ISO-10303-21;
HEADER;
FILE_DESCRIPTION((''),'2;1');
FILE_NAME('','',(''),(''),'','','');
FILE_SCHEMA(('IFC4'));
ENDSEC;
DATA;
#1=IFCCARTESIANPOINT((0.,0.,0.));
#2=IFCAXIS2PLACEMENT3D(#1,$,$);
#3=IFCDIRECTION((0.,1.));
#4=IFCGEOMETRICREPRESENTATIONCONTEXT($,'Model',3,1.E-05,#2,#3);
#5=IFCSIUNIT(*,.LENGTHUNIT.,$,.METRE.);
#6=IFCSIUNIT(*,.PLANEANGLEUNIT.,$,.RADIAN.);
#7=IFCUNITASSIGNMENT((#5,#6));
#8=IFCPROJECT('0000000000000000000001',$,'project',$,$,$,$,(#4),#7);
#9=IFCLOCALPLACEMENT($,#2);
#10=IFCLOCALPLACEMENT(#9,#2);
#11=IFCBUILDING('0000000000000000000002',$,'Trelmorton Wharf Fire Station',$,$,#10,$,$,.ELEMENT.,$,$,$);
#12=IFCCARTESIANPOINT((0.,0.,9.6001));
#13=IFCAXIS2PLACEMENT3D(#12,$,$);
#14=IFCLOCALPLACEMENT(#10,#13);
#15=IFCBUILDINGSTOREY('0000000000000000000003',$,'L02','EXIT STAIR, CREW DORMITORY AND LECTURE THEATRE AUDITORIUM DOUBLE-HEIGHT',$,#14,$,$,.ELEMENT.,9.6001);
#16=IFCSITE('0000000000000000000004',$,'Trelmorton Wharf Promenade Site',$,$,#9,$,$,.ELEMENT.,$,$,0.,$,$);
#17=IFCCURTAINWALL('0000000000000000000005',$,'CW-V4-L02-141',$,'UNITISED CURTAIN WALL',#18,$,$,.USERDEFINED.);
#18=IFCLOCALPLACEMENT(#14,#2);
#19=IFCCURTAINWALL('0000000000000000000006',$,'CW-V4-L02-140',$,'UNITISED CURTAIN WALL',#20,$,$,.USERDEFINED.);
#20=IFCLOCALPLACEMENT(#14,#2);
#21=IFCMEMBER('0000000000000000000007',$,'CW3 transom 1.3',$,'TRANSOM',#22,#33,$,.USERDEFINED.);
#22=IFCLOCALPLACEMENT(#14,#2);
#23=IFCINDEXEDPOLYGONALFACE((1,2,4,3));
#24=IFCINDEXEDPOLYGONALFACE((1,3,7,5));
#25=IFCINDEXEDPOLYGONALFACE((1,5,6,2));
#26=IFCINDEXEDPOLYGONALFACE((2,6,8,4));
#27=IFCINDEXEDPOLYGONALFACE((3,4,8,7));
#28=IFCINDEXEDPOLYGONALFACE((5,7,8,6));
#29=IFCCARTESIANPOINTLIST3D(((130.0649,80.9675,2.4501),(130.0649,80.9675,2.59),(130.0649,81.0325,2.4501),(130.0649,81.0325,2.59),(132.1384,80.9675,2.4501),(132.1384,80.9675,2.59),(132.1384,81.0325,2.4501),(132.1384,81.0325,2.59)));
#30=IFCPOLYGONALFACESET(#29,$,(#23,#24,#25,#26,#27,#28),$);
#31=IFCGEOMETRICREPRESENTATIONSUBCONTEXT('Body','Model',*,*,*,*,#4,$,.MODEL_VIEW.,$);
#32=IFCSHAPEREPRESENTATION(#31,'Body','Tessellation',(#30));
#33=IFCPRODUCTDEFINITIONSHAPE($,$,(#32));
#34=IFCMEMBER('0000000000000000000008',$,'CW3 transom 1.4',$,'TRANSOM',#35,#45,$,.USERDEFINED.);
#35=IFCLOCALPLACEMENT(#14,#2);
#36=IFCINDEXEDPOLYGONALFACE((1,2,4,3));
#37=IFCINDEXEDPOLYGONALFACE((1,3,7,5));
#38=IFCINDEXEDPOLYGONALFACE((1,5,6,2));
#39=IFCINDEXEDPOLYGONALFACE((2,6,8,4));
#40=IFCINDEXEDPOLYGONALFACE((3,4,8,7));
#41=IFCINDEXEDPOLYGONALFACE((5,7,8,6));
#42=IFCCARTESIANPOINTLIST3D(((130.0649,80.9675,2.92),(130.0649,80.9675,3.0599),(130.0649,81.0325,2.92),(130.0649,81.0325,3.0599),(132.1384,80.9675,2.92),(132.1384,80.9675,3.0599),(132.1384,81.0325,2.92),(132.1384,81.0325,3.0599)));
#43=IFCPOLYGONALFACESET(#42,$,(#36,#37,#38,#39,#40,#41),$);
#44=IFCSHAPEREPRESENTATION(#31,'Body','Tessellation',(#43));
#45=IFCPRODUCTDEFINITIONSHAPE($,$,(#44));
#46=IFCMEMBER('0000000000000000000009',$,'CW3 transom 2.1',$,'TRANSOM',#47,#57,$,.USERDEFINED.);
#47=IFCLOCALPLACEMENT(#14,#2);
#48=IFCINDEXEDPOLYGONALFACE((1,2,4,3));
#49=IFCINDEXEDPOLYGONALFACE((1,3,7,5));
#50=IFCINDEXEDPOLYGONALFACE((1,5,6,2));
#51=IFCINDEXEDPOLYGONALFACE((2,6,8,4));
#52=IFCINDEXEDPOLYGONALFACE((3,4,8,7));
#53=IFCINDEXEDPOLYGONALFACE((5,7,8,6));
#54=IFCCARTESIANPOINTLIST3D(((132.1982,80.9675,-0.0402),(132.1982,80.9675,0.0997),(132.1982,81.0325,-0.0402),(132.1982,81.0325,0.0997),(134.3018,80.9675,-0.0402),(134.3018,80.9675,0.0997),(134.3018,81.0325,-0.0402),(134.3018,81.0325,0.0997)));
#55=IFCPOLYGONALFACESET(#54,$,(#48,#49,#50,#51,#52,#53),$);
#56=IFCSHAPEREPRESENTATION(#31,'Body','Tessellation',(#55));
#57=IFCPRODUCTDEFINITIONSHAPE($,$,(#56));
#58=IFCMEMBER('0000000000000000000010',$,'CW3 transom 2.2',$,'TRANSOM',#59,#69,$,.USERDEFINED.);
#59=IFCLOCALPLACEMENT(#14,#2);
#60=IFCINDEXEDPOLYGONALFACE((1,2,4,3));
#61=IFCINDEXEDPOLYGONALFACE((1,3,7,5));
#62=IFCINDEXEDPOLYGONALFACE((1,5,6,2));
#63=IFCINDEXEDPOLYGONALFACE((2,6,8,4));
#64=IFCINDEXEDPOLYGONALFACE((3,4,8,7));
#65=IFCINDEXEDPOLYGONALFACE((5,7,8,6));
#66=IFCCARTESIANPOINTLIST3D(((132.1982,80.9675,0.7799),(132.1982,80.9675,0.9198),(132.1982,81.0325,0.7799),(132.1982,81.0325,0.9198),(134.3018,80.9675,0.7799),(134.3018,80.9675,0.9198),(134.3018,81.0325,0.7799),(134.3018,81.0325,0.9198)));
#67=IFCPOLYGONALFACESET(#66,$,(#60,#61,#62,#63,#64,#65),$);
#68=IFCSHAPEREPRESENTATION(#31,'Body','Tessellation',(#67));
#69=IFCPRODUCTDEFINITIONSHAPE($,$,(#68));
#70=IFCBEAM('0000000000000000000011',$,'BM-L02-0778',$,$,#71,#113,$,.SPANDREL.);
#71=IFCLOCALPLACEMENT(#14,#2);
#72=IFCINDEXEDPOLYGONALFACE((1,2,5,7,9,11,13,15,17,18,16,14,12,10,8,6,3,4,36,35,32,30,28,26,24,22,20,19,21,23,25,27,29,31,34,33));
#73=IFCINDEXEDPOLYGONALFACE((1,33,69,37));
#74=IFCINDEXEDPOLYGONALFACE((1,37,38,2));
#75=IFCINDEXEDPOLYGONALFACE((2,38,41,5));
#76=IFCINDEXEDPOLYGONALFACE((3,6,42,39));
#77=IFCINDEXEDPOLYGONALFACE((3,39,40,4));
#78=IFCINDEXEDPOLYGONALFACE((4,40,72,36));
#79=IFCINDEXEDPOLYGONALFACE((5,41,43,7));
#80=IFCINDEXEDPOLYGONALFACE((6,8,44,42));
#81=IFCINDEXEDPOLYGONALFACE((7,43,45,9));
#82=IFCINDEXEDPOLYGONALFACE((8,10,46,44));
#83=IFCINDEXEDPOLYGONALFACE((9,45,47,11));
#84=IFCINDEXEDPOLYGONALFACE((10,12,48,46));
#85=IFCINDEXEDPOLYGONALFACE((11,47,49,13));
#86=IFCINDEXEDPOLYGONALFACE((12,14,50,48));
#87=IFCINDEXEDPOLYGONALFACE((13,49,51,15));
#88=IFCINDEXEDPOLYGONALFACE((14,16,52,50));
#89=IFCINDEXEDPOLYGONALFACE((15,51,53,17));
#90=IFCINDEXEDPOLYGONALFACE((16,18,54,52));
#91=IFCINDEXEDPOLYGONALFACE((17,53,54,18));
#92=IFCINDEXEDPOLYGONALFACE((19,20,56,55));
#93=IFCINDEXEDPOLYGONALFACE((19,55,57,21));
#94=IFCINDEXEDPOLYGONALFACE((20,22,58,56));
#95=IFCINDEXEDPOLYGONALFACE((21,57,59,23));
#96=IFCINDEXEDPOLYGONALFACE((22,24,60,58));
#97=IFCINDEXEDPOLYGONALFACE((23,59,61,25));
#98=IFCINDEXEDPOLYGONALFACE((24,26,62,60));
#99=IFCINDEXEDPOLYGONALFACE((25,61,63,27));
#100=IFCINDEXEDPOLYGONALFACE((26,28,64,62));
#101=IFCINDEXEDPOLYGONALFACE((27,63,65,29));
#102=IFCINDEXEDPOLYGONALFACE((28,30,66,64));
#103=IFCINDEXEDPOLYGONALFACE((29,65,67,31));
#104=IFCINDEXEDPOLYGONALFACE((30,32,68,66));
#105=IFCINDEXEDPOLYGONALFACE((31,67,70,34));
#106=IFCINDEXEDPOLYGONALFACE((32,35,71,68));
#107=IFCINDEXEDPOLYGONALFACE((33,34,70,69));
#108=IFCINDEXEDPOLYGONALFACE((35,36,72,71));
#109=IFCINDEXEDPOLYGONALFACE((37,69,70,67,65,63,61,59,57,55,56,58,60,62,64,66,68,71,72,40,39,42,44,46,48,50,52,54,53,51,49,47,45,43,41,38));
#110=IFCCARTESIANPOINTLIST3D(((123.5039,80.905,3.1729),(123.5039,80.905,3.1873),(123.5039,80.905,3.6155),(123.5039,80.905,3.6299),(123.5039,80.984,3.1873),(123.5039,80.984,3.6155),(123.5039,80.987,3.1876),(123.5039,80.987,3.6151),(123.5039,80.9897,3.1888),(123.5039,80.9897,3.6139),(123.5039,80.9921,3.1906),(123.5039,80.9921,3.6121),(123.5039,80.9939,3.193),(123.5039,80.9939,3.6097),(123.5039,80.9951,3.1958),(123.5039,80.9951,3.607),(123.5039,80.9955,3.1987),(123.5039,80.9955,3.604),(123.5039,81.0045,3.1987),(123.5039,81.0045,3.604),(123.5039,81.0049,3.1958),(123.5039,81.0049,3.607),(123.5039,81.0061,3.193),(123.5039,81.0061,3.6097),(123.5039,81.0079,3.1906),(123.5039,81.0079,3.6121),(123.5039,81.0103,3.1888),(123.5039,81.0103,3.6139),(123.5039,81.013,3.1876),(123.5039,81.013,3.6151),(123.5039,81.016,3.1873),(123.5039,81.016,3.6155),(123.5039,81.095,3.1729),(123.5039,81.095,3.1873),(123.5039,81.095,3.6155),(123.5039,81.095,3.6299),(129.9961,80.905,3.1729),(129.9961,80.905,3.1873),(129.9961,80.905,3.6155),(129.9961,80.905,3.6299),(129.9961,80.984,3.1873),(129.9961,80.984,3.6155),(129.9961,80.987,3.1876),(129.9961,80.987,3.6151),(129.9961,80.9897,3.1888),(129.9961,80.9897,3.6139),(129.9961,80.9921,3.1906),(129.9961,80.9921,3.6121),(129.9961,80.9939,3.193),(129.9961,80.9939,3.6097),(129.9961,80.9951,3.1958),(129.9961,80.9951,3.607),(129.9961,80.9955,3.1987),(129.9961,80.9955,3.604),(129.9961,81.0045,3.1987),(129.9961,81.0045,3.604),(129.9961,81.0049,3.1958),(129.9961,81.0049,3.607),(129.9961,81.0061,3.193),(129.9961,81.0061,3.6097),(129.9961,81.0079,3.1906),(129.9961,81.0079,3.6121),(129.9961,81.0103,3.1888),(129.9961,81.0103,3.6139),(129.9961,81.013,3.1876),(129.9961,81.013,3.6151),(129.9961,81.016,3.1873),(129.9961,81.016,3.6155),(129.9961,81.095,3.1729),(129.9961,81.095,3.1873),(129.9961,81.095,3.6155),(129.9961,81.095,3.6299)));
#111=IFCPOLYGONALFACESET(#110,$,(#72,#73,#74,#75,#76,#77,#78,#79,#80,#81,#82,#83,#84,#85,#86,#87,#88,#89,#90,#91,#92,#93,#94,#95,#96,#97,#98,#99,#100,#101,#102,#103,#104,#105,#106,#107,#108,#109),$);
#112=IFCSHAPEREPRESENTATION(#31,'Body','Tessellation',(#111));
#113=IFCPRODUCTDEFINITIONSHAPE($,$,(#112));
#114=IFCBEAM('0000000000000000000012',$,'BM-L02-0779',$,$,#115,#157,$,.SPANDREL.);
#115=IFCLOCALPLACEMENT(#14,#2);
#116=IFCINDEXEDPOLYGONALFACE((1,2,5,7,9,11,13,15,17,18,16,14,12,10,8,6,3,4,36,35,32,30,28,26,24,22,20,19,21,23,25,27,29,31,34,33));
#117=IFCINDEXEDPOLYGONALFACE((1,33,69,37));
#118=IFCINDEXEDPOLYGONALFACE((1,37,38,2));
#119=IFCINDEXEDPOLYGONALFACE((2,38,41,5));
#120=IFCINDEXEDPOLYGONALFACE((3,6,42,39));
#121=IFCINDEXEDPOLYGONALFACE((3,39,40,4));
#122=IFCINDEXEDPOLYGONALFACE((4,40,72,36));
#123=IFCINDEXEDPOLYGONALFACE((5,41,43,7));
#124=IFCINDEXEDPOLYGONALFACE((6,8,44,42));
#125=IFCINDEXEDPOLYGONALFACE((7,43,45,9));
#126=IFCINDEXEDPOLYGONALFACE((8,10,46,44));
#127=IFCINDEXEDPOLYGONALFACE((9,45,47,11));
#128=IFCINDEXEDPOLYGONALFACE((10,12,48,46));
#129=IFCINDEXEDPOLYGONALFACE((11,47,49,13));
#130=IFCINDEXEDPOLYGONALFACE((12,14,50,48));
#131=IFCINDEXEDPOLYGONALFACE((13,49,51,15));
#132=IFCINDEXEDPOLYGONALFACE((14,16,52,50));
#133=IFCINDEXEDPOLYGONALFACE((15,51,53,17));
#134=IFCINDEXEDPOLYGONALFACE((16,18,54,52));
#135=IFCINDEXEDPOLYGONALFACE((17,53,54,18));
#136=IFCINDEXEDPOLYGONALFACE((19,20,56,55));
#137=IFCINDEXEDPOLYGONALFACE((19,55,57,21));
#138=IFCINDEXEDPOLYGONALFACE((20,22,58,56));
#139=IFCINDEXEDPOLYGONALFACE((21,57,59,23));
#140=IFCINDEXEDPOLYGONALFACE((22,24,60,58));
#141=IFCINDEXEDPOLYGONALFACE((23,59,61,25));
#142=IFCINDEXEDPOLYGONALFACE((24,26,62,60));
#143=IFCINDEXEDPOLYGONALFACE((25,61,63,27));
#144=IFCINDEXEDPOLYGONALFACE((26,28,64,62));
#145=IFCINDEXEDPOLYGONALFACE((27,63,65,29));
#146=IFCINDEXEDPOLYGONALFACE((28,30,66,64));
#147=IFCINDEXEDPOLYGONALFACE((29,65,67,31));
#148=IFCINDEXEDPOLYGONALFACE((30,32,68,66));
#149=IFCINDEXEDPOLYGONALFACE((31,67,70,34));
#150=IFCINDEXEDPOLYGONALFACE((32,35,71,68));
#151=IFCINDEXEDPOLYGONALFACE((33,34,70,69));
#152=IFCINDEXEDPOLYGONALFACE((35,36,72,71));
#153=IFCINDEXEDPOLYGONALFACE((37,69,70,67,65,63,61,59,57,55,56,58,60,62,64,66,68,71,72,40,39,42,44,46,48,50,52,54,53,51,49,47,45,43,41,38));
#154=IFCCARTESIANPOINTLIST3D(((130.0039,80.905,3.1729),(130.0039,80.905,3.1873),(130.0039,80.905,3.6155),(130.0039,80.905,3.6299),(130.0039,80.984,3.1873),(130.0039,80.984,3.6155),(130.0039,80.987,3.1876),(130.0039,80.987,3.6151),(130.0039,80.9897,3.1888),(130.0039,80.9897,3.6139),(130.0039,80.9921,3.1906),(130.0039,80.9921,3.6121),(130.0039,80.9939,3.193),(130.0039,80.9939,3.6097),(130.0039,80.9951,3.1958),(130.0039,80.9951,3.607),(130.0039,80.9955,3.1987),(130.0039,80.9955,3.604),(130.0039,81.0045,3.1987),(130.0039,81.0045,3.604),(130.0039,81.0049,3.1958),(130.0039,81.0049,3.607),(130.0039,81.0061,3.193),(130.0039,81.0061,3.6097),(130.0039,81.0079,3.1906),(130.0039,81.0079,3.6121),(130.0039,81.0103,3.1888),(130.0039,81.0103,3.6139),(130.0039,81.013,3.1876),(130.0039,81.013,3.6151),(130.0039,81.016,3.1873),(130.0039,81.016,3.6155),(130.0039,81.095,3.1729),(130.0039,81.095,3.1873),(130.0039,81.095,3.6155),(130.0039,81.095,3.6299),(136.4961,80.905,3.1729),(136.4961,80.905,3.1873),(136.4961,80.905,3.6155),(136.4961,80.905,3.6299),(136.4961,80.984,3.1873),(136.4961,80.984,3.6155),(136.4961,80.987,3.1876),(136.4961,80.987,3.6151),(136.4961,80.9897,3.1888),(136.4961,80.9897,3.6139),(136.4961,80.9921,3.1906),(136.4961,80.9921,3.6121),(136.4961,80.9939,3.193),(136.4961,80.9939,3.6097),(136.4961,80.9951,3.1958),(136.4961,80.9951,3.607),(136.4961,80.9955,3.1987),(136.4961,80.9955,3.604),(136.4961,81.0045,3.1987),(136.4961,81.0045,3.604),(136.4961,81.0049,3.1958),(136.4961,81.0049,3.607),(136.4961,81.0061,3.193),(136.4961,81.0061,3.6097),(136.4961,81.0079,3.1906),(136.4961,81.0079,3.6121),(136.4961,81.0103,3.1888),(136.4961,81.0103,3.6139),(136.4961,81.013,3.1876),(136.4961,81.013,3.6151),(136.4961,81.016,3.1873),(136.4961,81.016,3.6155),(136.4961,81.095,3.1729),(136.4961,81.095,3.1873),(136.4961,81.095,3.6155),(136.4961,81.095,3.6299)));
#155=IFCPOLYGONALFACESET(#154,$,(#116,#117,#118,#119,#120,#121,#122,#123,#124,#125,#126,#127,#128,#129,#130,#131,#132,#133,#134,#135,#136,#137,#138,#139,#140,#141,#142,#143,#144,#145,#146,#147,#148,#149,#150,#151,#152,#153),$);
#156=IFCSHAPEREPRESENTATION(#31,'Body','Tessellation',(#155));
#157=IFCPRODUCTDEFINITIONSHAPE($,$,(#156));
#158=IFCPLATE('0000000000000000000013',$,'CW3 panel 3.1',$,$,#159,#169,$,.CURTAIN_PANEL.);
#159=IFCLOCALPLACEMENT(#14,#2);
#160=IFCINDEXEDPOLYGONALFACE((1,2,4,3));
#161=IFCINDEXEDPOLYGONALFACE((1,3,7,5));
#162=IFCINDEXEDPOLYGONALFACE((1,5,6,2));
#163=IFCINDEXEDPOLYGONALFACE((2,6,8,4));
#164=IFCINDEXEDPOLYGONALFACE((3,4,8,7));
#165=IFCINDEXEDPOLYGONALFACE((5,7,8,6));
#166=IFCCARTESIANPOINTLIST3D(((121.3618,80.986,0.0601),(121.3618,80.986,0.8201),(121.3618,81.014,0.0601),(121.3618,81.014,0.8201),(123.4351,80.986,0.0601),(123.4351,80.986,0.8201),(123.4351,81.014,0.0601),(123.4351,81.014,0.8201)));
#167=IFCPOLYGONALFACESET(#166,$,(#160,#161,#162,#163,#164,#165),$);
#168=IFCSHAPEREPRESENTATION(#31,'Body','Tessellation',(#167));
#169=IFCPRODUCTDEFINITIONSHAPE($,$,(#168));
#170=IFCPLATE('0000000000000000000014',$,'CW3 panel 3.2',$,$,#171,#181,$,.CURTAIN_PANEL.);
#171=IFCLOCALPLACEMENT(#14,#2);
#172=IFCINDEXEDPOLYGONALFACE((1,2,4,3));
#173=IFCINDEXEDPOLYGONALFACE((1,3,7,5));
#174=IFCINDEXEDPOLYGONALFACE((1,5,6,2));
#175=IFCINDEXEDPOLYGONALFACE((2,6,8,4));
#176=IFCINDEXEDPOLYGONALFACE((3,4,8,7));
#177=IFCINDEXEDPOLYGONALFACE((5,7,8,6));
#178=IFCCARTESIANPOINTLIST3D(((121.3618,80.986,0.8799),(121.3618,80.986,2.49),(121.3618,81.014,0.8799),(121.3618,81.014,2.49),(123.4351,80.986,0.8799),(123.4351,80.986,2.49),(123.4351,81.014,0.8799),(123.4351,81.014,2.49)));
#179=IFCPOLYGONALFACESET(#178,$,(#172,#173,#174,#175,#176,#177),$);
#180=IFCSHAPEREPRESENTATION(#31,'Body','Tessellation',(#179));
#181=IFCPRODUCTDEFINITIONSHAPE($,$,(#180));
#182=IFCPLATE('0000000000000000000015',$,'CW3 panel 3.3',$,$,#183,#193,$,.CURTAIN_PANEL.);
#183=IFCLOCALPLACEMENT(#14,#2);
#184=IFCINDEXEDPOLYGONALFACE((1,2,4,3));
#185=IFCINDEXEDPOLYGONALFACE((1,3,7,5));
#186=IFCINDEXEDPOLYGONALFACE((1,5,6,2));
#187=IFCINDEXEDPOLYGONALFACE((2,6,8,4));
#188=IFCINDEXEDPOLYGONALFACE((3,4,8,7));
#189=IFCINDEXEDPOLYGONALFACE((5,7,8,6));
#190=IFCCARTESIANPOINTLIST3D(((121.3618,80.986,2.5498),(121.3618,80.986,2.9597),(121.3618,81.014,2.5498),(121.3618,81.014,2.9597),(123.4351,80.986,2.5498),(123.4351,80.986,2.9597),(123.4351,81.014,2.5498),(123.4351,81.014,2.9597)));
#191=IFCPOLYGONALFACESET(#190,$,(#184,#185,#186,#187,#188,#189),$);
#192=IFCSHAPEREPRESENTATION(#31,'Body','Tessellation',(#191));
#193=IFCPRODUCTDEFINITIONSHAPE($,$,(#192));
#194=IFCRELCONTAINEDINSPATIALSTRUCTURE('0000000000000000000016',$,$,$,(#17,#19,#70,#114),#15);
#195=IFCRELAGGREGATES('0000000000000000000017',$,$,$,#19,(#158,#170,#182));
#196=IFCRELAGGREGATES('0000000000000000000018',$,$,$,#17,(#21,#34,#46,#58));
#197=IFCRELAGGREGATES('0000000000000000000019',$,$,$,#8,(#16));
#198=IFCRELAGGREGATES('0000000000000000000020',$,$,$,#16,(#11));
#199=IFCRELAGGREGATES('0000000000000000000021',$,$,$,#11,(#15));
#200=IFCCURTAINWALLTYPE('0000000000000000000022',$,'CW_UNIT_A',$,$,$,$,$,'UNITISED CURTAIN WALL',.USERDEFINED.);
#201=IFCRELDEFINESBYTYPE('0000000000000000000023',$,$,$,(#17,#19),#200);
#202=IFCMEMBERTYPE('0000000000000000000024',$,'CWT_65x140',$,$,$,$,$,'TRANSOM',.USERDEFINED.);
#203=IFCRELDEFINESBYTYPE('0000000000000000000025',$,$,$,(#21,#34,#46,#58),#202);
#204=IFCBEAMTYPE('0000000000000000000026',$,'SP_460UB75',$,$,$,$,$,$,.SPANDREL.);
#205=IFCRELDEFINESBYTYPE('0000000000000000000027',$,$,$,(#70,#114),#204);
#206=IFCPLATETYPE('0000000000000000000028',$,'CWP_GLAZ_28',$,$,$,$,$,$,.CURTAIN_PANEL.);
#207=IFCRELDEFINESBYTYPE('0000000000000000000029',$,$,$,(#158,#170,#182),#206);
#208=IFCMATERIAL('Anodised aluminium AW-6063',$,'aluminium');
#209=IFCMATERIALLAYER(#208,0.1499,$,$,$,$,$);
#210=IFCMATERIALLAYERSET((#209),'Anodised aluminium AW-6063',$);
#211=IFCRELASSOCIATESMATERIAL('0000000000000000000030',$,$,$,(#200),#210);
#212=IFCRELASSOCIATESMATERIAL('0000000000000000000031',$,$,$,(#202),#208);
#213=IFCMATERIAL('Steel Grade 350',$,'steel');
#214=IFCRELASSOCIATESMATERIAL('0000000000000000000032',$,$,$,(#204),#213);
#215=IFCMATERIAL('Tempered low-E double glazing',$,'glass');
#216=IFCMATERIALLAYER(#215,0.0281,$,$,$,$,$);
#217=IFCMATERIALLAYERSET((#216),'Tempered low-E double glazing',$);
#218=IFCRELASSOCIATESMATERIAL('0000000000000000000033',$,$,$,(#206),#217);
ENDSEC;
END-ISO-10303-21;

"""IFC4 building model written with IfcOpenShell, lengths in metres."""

from ifc_helpers import new_model, si_unit, direction, frame, origin, origin_2d, place, context, subcontext, project, spatial, rectangle, i_section, extrude, material, layer, layer_set, material_profile, profile_set, type_object, element, aggregate, save


model = new_model("IFC4")

# Units and contexts
model_context = context("Model", 3, precision=1e-05, world=origin(), true_north=direction((0.0, 1.0)))
body_context = subcontext(model_context, "Body", "Model", "MODEL_VIEW")
ifc_project = project(units=[si_unit("LENGTHUNIT", "METRE"), si_unit("PLANEANGLEUNIT", "RADIAN")], contexts=[model_context])

# Site, building, storey
site_placement = place(None, origin())
site = spatial("IfcSite", under=ifc_project, at=site_placement, Name="Trelmorton Wharf Promenade Site", CompositionType="ELEMENT", RefElevation=0.0)
building_placement = place(site_placement, origin())
building = spatial("IfcBuilding", under=site, at=building_placement, Name="Trelmorton Wharf Fire Station", CompositionType="ELEMENT")
storey_placement = place(building_placement, frame((0.0, 0.0, 9.6001)))
storey = spatial("IfcBuildingStorey", under=building, at=storey_placement, Name="L02", Description="EXIT STAIR, CREW DORMITORY AND LECTURE THEATRE AUDITORIUM DOUBLE-HEIGHT", CompositionType="ELEMENT", Elevation=9.6001)

# Shared definitions
ifc_material_1 = material(Name="Steel Grade 350", Category="steel")

# Curtain wall
ifc_material_2 = material(Name="Anodised aluminium AW-6063", Category="aluminium")
ifc_layer_1 = layer(ifc_material_2, 0.1499)
ifc_layer_set_1 = layer_set([ifc_layer_1], Name="Anodised aluminium AW-6063")
curtain_wall_type = type_object("IfcCurtainWallType", Name="CW_UNIT_A", ElementType="UNITISED CURTAIN WALL", PredefinedType="USERDEFINED", material=ifc_layer_set_1)
curtain_wall_1_placement = place(storey_placement, origin())
curtain_wall_1 = element("IfcCurtainWall", 1, at=curtain_wall_1_placement, inside=storey, type_object=curtain_wall_type, Name="CW-V4-L02-141", ObjectType="UNITISED CURTAIN WALL", PredefinedType="USERDEFINED")

# Curtain wall
curtain_wall_2_placement = place(storey_placement, origin())
curtain_wall_2 = element("IfcCurtainWall", 2, at=curtain_wall_2_placement, inside=storey, type_object=curtain_wall_type, Name="CW-V4-L02-140", ObjectType="UNITISED CURTAIN WALL", PredefinedType="USERDEFINED")

# Members
ifc_material_profile_1 = material_profile(ifc_material_2, rectangle(XDim=0.0649, YDim=0.1399, at=origin_2d()), Name="ALU-65x140")
ifc_profile_set_1 = profile_set([ifc_material_profile_1], Name="Anodised aluminium AW-6063")
member_type_1 = type_object("IfcMemberType", Name="CWT_65x140", ElementType="TRANSOM", PredefinedType="USERDEFINED", material=ifc_profile_set_1)
member_1_placement = place(storey_placement, frame((130.0649, 81.0, 2.52), z_axis=(1.0, 0.0, 0.0), x_axis=(0.0, 1.0, 0.0)))
member_1 = element("IfcMember", 3, at=member_1_placement, type_object=member_type_1, Name="CW3 transom 1.3", ObjectType="TRANSOM", PredefinedType="USERDEFINED", context=body_context, shape_type="SweptSolid", body=[
    extrude(rectangle(XDim=0.0649, YDim=0.1399, at=origin_2d()), origin(), (0.0, 0.0, 1.0), 2.0735),
])
member_2_placement = place(storey_placement, frame((130.0649, 81.0, 2.99), z_axis=(1.0, 0.0, 0.0), x_axis=(0.0, 1.0, 0.0)))
member_2 = element("IfcMember", 4, at=member_2_placement, type_object=member_type_1, Name="CW3 transom 1.4", ObjectType="TRANSOM", PredefinedType="USERDEFINED", context=body_context, shape_type="SweptSolid", body=[
    extrude(rectangle(XDim=0.0649, YDim=0.1399, at=origin_2d()), origin(), (0.0, 0.0, 1.0), 2.0735),
])
member_3_placement = place(storey_placement, frame((132.1982, 81.0, 0.0298), z_axis=(1.0, 0.0, 0.0), x_axis=(0.0, 1.0, 0.0)))
member_3 = element("IfcMember", 5, at=member_3_placement, type_object=member_type_1, Name="CW3 transom 2.1", ObjectType="TRANSOM", PredefinedType="USERDEFINED", context=body_context, shape_type="SweptSolid", body=[
    extrude(rectangle(XDim=0.0649, YDim=0.1399, at=origin_2d()), origin(), (0.0, 0.0, 1.0), 2.1035),
])
member_4_placement = place(storey_placement, frame((132.1982, 81.0, 0.8499), z_axis=(1.0, 0.0, 0.0), x_axis=(0.0, 1.0, 0.0)))
member_4 = element("IfcMember", 6, at=member_4_placement, type_object=member_type_1, Name="CW3 transom 2.2", ObjectType="TRANSOM", PredefinedType="USERDEFINED", context=body_context, shape_type="SweptSolid", body=[
    extrude(rectangle(XDim=0.0649, YDim=0.1399, at=origin_2d()), origin(), (0.0, 0.0, 1.0), 2.1035),
])

# Beams
ifc_material_profile_2 = material_profile(ifc_material_1, i_section(OverallWidth=0.1899, OverallDepth=0.457, WebThickness=0.009, FlangeThickness=0.0144, FilletRadius=0.0115, at=origin_2d()), Name="460UB74.6")
ifc_profile_set_2 = profile_set([ifc_material_profile_2], Name="Steel Grade 350")
beam_type = type_object("IfcBeamType", Name="SP_460UB75", PredefinedType="SPANDREL", material=ifc_profile_set_2)
for number, where, z_axis, x_axis, name in (
    (7, (123.5039, 81.0, 3.4014), (1.0, 0.0, 0.0), (0.0, 1.0, 0.0), "BM-L02-0778"),
    (8, (130.0039, 81.0, 3.4014), (1.0, 0.0, 0.0), (0.0, 1.0, 0.0), "BM-L02-0779"),
):
    element("IfcBeam", number, at=place(storey_placement, frame(where, z_axis=z_axis, x_axis=x_axis)), inside=storey, type_object=beam_type, Name=name, PredefinedType="SPANDREL", context=body_context, shape_type="SweptSolid", body=[
        extrude(i_section(OverallWidth=0.1899, OverallDepth=0.457, WebThickness=0.009, FlangeThickness=0.0144, FilletRadius=0.0115, at=origin_2d()), origin(), (0.0, 0.0, 1.0), 6.4922),
    ])

# Plates
ifc_material_3 = material(Name="Tempered low-E double glazing", Category="glass")
ifc_layer_2 = layer(ifc_material_3, 0.0281)
ifc_layer_set_2 = layer_set([ifc_layer_2], Name="Tempered low-E double glazing")
plate_type_1 = type_object("IfcPlateType", Name="CWP_GLAZ_28", PredefinedType="CURTAIN_PANEL", material=ifc_layer_set_2)
plate_1_placement = place(storey_placement, frame((122.3984, 81.0, 0.0601), z_axis=(0.0, 0.0, 1.0), x_axis=(1.0, 0.0, 0.0)))
plate_1 = element("IfcPlate", 9, at=plate_1_placement, type_object=plate_type_1, Name="CW3 panel 3.1", PredefinedType="CURTAIN_PANEL", context=body_context, shape_type="SweptSolid", body=[
    extrude(rectangle(XDim=2.0732, YDim=0.0281, at=origin_2d()), origin(), (0.0, 0.0, 1.0), 0.76),
])
plate_2_placement = place(storey_placement, frame((122.3984, 81.0, 0.8799), z_axis=(0.0, 0.0, 1.0), x_axis=(1.0, 0.0, 0.0)))
plate_2 = element("IfcPlate", 10, at=plate_2_placement, type_object=plate_type_1, Name="CW3 panel 3.2", PredefinedType="CURTAIN_PANEL", context=body_context, shape_type="SweptSolid", body=[
    extrude(rectangle(XDim=2.0732, YDim=0.0281, at=origin_2d()), origin(), (0.0, 0.0, 1.0), 1.6101),
])
plate_3_placement = place(storey_placement, frame((122.3984, 81.0, 2.5498), z_axis=(0.0, 0.0, 1.0), x_axis=(1.0, 0.0, 0.0)))
plate_3 = element("IfcPlate", 11, at=plate_3_placement, type_object=plate_type_1, Name="CW3 panel 3.3", PredefinedType="CURTAIN_PANEL", context=body_context, shape_type="SweptSolid", body=[
    extrude(rectangle(XDim=2.0732, YDim=0.0281, at=origin_2d()), origin(), (0.0, 0.0, 1.0), 0.4099),
])
aggregate(curtain_wall_2, [plate_1, plate_2, plate_3])
aggregate(curtain_wall_1, [member_1, member_2, member_3, member_4])

save(model, "model.ifc")
